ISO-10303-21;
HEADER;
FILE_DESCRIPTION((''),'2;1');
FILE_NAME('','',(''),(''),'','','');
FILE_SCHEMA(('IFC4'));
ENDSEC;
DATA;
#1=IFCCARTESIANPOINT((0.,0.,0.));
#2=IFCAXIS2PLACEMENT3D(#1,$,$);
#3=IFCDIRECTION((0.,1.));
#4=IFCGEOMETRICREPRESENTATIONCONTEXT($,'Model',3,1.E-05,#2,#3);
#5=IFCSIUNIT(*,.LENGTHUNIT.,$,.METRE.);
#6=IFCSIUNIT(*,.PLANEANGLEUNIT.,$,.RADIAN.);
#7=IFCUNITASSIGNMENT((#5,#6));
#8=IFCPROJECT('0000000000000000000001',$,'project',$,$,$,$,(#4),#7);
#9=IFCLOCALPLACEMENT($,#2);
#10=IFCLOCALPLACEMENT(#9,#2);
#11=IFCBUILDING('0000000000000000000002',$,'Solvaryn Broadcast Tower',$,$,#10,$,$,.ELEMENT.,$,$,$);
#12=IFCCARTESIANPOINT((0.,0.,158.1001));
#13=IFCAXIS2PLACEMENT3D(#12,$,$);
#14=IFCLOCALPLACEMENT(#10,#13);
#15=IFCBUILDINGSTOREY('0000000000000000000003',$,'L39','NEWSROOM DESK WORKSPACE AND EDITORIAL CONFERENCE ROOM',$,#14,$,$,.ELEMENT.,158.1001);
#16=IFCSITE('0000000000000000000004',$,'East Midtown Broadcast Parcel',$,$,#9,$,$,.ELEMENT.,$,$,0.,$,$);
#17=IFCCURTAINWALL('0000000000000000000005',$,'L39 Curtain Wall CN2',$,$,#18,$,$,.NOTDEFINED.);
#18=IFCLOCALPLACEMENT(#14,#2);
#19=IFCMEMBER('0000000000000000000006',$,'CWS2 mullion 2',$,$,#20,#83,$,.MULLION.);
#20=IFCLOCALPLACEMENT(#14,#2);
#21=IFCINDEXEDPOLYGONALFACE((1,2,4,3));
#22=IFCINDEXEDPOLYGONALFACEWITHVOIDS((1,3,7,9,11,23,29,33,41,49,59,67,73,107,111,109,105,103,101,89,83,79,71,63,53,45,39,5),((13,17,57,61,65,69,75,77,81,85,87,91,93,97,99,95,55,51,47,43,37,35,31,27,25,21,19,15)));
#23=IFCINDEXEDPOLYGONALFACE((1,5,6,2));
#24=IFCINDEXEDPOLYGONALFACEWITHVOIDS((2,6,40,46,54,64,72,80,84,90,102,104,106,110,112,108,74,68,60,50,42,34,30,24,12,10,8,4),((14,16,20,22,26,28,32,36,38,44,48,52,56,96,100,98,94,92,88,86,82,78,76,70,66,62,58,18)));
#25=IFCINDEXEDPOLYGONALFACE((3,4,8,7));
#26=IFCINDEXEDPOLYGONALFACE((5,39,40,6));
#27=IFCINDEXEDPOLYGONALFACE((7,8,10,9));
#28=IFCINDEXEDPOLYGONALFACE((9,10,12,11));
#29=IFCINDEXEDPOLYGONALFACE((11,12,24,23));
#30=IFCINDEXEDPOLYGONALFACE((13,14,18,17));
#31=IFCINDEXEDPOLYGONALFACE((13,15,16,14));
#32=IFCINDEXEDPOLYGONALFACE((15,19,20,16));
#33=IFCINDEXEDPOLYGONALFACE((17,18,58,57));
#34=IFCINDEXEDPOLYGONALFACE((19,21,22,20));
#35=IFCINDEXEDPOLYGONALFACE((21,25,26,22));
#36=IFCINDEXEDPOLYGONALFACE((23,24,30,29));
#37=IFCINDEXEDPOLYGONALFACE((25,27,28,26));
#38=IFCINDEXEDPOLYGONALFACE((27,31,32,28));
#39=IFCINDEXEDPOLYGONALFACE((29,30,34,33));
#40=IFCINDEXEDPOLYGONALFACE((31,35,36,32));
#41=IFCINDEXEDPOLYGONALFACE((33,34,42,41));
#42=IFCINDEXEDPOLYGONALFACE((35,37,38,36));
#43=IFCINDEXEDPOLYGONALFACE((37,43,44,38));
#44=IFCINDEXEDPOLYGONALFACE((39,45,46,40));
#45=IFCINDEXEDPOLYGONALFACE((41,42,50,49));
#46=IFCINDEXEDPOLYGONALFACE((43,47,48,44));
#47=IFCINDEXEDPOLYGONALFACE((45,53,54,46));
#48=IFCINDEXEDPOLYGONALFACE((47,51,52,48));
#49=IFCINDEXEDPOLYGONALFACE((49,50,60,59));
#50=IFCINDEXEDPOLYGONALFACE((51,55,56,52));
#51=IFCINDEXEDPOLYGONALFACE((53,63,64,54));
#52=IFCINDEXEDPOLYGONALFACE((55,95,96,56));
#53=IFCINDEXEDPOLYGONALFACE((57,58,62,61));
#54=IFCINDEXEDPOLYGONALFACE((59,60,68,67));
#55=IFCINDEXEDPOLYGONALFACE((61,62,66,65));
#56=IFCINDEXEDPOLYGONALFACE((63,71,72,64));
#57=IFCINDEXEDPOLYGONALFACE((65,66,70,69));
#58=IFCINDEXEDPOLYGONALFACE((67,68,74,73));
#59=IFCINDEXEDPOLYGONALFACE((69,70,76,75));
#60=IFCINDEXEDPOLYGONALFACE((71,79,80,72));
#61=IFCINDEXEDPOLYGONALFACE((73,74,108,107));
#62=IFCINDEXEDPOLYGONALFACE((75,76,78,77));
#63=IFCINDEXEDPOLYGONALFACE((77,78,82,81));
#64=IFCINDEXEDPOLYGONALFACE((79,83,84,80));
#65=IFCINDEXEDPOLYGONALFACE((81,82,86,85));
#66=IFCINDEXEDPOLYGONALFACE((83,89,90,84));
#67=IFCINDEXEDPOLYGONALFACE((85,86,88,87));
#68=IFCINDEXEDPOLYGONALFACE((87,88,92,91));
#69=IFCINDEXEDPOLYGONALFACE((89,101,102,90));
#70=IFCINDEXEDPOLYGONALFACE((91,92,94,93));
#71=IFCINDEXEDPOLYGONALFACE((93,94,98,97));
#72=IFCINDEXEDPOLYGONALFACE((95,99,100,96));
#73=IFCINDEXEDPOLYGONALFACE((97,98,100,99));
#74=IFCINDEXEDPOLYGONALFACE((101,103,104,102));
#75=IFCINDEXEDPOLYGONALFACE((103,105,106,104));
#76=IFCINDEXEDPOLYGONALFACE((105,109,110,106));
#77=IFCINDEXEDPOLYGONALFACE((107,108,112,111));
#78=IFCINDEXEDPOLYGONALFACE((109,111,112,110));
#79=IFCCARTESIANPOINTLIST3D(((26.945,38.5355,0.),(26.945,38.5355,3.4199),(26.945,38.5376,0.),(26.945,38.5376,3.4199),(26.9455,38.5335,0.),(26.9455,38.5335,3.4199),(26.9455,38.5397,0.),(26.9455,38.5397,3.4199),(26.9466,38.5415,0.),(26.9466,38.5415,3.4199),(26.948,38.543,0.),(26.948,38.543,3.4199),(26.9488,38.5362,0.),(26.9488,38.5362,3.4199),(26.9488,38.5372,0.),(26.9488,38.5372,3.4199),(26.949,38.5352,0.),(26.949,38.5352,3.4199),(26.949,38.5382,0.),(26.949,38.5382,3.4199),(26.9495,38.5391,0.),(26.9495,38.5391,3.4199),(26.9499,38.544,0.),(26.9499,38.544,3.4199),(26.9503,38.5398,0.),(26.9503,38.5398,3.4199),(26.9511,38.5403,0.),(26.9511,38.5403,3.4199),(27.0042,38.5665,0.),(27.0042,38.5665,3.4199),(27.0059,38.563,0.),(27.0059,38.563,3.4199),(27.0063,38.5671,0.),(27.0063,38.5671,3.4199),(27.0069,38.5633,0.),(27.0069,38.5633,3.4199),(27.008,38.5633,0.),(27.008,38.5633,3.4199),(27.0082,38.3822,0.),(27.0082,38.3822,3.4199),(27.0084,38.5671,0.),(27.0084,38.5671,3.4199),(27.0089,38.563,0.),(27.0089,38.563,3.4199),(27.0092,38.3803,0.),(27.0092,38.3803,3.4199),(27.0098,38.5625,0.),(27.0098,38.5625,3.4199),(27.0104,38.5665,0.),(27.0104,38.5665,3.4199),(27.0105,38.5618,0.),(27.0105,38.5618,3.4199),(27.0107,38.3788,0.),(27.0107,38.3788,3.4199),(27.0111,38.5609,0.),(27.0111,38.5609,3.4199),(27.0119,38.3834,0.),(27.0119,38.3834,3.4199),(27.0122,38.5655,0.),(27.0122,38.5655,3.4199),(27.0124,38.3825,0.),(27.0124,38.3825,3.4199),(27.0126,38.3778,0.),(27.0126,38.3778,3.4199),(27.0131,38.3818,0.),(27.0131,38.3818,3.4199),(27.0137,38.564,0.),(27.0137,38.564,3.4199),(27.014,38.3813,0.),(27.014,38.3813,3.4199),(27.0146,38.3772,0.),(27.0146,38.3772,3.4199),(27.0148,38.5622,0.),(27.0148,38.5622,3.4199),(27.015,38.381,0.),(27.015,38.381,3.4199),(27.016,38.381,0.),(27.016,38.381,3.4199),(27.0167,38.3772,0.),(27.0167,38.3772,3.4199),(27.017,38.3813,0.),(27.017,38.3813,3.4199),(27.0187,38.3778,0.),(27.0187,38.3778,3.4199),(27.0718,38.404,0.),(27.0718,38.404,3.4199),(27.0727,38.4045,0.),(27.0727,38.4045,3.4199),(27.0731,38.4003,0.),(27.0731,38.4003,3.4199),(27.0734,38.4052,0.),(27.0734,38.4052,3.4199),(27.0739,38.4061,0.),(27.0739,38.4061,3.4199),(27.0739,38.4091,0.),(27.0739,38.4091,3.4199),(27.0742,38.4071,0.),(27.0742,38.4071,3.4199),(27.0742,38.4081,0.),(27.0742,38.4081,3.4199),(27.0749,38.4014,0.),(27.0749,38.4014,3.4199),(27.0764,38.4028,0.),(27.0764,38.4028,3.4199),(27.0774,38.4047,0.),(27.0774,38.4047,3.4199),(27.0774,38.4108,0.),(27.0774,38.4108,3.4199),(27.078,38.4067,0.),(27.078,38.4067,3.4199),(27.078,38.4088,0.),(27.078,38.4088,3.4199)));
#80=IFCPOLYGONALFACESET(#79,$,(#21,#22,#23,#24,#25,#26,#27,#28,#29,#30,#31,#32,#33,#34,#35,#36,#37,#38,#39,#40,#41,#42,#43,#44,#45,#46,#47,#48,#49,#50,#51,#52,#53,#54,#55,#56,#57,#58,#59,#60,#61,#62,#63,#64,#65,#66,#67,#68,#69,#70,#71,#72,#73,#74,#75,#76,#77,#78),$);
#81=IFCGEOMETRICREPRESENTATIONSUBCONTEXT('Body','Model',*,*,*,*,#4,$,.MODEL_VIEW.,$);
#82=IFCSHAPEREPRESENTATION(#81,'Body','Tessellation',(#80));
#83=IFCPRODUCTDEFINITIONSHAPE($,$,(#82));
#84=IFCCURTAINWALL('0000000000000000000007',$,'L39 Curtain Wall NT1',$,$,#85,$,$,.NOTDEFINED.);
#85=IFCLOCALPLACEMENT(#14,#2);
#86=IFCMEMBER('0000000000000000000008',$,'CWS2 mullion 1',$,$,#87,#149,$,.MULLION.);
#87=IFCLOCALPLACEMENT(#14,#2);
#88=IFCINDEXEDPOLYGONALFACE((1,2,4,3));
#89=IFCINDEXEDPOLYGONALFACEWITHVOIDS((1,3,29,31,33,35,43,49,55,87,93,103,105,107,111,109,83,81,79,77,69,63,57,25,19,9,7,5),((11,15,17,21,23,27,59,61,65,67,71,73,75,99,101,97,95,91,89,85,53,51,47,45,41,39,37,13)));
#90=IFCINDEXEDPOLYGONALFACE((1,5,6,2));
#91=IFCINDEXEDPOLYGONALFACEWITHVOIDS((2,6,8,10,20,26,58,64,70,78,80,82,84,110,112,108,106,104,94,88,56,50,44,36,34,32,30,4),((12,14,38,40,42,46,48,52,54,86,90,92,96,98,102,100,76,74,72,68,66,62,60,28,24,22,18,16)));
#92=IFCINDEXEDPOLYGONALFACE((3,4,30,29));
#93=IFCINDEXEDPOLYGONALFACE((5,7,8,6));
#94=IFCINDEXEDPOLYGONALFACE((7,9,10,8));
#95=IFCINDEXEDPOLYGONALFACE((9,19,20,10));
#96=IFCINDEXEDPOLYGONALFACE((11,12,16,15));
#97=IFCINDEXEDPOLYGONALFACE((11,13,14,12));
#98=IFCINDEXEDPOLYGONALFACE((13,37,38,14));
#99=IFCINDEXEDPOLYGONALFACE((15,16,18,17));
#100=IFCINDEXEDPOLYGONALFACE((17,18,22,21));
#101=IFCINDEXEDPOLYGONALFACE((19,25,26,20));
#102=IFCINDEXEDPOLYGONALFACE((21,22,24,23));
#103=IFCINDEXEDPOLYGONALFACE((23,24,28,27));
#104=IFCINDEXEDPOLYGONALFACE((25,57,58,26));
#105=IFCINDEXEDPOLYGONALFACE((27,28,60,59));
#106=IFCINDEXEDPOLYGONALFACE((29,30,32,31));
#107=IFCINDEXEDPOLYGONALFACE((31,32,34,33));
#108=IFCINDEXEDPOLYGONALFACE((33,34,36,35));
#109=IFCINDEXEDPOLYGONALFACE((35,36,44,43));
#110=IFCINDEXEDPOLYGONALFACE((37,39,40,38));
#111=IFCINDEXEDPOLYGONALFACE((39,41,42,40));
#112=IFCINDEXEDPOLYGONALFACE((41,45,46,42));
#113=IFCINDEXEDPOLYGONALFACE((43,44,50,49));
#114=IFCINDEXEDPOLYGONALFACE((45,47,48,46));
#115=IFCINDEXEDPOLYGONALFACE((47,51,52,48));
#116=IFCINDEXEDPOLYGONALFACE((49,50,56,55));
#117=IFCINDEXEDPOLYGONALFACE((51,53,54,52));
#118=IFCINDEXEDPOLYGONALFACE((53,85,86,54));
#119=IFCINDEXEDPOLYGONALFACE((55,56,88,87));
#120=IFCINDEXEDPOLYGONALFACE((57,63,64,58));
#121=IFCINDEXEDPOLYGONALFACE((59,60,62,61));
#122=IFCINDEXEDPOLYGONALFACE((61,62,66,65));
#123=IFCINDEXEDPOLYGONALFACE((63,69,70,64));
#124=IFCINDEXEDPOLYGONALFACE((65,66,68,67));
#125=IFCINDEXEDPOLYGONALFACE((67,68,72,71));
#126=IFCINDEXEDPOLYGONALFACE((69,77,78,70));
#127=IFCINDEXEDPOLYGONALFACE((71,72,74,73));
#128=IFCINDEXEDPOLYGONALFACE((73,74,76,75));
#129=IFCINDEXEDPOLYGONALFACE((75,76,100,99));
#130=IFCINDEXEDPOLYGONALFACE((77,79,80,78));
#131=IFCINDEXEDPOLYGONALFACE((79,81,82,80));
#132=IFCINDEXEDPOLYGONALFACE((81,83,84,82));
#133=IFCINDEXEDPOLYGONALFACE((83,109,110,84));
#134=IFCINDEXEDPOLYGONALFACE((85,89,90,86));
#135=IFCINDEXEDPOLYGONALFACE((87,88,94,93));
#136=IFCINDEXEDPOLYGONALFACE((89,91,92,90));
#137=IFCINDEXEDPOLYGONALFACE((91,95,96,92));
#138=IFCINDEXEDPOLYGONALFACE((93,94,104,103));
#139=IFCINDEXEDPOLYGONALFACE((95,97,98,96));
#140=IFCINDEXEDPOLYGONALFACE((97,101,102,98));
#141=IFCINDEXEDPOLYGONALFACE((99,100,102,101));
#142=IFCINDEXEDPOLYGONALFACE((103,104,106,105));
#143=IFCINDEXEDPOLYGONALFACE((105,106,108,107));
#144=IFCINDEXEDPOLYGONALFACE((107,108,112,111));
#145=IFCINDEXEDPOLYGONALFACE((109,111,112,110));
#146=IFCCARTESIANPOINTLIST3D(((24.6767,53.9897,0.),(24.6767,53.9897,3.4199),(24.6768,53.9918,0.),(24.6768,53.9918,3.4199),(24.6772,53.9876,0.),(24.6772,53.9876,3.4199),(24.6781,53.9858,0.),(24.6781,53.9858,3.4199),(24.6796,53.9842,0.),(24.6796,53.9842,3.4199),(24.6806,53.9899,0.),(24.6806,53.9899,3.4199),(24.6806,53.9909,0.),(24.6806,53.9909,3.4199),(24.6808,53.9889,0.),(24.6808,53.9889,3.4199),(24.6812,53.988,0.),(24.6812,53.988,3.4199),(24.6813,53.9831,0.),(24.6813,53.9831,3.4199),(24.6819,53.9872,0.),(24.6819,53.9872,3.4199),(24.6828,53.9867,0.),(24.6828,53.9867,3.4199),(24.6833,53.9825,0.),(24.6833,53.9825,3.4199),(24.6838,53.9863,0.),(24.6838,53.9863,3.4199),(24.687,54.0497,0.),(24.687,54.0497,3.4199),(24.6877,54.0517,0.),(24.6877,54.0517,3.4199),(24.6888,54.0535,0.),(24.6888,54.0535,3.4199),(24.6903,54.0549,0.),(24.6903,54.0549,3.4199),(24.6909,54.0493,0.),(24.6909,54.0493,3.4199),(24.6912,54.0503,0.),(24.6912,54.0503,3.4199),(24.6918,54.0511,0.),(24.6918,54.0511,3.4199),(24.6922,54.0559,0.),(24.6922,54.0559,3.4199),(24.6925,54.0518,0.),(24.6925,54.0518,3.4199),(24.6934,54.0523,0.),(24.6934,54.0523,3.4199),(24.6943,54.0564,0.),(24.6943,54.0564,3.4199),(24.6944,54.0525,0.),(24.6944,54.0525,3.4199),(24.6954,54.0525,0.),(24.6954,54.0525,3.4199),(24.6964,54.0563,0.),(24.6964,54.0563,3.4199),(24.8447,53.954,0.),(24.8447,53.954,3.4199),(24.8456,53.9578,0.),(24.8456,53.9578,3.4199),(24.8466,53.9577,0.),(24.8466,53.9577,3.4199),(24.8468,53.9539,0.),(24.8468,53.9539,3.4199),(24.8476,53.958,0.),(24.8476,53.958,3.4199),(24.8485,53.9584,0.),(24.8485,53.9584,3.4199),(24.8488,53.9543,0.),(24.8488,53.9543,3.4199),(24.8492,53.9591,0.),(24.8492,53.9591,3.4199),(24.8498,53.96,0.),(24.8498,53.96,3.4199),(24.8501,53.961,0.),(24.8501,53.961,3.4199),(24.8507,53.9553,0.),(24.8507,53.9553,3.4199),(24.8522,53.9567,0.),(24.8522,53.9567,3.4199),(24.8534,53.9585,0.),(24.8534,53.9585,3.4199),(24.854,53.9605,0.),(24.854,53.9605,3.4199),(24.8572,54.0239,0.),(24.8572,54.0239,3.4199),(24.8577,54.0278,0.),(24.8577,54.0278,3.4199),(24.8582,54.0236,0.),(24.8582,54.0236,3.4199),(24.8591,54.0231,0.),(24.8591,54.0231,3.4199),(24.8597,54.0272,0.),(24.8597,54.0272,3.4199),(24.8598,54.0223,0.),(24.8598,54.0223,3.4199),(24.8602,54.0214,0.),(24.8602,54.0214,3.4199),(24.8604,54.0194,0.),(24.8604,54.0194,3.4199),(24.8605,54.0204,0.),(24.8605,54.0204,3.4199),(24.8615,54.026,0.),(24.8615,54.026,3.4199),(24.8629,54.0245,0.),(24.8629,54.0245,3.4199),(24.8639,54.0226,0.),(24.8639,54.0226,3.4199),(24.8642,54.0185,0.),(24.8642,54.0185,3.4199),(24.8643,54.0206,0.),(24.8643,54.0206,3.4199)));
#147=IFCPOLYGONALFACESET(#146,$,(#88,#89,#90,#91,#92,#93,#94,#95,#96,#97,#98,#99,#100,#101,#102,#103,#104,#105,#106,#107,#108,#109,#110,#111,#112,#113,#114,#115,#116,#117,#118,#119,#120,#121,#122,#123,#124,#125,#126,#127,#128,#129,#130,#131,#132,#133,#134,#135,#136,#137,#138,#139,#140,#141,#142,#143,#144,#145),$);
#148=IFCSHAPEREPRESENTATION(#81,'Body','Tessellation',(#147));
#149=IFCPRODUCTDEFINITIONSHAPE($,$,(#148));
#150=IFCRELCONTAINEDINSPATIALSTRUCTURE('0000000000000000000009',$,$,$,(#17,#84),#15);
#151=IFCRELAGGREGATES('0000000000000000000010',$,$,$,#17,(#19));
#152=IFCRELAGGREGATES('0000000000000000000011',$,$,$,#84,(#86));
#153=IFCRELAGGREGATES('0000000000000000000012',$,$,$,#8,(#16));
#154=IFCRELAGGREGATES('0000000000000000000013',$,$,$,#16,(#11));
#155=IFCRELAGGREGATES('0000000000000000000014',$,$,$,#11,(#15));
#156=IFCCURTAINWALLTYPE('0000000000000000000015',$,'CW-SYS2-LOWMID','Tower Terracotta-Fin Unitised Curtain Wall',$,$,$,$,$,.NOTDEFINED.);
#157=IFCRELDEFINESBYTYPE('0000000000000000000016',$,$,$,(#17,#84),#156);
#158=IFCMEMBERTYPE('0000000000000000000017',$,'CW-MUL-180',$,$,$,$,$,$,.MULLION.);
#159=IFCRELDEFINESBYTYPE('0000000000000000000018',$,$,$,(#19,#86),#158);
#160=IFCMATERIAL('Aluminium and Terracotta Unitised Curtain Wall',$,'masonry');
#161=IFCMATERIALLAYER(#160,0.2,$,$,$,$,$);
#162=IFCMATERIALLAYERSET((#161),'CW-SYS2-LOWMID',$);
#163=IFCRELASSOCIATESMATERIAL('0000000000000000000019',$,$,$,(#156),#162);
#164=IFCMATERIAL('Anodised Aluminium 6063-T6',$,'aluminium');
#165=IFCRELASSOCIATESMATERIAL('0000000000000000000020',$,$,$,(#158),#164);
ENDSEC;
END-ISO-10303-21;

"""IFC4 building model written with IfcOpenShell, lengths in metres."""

from ifc_helpers import new_model, si_unit, direction, frame, origin, origin_2d, place, context, subcontext, project, spatial, hollow_rectangle, extrude, material, layer, layer_set, material_profile, profile_set, type_object, element, aggregate, save


model = new_model("IFC4")

# Units and contexts
model_context = context("Model", 3, precision=1e-05, world=origin(), true_north=direction((0.0, 1.0)))
body_context = subcontext(model_context, "Body", "Model", "MODEL_VIEW")
ifc_project = project(units=[si_unit("LENGTHUNIT", "METRE"), si_unit("PLANEANGLEUNIT", "RADIAN")], contexts=[model_context])

# Site, building, storey
site_placement = place(None, origin())
site = spatial("IfcSite", under=ifc_project, at=site_placement, Name="East Midtown Broadcast Parcel", CompositionType="ELEMENT", RefElevation=0.0)
building_placement = place(site_placement, origin())
building = spatial("IfcBuilding", under=site, at=building_placement, Name="Solvaryn Broadcast Tower", CompositionType="ELEMENT")
storey_placement = place(building_placement, frame((0.0, 0.0, 158.1001)))
storey = spatial("IfcBuildingStorey", under=building, at=storey_placement, Name="L39", Description="NEWSROOM DESK WORKSPACE AND EDITORIAL CONFERENCE ROOM", CompositionType="ELEMENT", Elevation=158.1001)

# Shared definitions
ifc_material_1 = material(Name="Aluminium and Terracotta Unitised Curtain Wall", Category="masonry")
ifc_layer_1 = layer(ifc_material_1, 0.2)
ifc_layer_set_1 = layer_set([ifc_layer_1], Name="CW-SYS2-LOWMID")
curtain_wall_type = type_object("IfcCurtainWallType", Name="CW-SYS2-LOWMID", Description="Tower Terracotta-Fin Unitised Curtain Wall", PredefinedType="NOTDEFINED", material=ifc_layer_set_1)
ifc_material_2 = material(Name="Anodised Aluminium 6063-T6", Category="aluminium")
ifc_material_profile_1 = material_profile(ifc_material_2, hollow_rectangle(XDim=0.075, YDim=0.1799, WallThickness=0.0039, InnerFilletRadius=0.0039, OuterFilletRadius=0.0081, at=origin_2d()))
ifc_profile_set_1 = profile_set([ifc_material_profile_1], Name="Anodised Aluminium 6063-T6")
member_type_1 = type_object("IfcMemberType", Name="CW-MUL-180", PredefinedType="MULLION", material=ifc_profile_set_1)

# Curtain walls, members
curtain_wall_1_placement = place(storey_placement, origin())
curtain_wall_1 = element("IfcCurtainWall", 1, at=curtain_wall_1_placement, inside=storey, type_object=curtain_wall_type, Name="L39 Curtain Wall CN2", PredefinedType="NOTDEFINED")
member_1_placement = place(storey_placement, frame((27.0115, 38.4722, 0.0), z_axis=(0.0, 0.0, 1.0), x_axis=(-0.923895, -0.382646, 0.0)))
member_1 = element("IfcMember", 2, at=member_1_placement, type_object=member_type_1, Name="CWS2 mullion 2", PredefinedType="MULLION", context=body_context, shape_type="SweptSolid", body=[
    extrude(hollow_rectangle(XDim=0.075, YDim=0.1799, WallThickness=0.0039, InnerFilletRadius=0.0039, OuterFilletRadius=0.0081, at=origin_2d()), origin(), (0.0, 0.0, 1.0), 3.4199),
])
aggregate(curtain_wall_1, [member_1])
curtain_wall_2_placement = place(storey_placement, origin())
curtain_wall_2 = element("IfcCurtainWall", 3, at=curtain_wall_2_placement, inside=storey, type_object=curtain_wall_type, Name="L39 Curtain Wall NT1", PredefinedType="NOTDEFINED")
member_2_placement = place(storey_placement, frame((24.7705, 54.0051, 0.0), z_axis=(0.0, 0.0, 1.0), x_axis=(-0.173785, -0.984784, 0.0)))
member_2 = element("IfcMember", 4, at=member_2_placement, type_object=member_type_1, Name="CWS2 mullion 1", PredefinedType="MULLION", context=body_context, shape_type="SweptSolid", body=[
    extrude(hollow_rectangle(XDim=0.075, YDim=0.1799, WallThickness=0.0039, InnerFilletRadius=0.0039, OuterFilletRadius=0.0081, at=origin_2d()), origin(), (0.0, 0.0, 1.0), 3.4199),
])

aggregate(curtain_wall_2, [member_2])

save(model, "model.ifc")
